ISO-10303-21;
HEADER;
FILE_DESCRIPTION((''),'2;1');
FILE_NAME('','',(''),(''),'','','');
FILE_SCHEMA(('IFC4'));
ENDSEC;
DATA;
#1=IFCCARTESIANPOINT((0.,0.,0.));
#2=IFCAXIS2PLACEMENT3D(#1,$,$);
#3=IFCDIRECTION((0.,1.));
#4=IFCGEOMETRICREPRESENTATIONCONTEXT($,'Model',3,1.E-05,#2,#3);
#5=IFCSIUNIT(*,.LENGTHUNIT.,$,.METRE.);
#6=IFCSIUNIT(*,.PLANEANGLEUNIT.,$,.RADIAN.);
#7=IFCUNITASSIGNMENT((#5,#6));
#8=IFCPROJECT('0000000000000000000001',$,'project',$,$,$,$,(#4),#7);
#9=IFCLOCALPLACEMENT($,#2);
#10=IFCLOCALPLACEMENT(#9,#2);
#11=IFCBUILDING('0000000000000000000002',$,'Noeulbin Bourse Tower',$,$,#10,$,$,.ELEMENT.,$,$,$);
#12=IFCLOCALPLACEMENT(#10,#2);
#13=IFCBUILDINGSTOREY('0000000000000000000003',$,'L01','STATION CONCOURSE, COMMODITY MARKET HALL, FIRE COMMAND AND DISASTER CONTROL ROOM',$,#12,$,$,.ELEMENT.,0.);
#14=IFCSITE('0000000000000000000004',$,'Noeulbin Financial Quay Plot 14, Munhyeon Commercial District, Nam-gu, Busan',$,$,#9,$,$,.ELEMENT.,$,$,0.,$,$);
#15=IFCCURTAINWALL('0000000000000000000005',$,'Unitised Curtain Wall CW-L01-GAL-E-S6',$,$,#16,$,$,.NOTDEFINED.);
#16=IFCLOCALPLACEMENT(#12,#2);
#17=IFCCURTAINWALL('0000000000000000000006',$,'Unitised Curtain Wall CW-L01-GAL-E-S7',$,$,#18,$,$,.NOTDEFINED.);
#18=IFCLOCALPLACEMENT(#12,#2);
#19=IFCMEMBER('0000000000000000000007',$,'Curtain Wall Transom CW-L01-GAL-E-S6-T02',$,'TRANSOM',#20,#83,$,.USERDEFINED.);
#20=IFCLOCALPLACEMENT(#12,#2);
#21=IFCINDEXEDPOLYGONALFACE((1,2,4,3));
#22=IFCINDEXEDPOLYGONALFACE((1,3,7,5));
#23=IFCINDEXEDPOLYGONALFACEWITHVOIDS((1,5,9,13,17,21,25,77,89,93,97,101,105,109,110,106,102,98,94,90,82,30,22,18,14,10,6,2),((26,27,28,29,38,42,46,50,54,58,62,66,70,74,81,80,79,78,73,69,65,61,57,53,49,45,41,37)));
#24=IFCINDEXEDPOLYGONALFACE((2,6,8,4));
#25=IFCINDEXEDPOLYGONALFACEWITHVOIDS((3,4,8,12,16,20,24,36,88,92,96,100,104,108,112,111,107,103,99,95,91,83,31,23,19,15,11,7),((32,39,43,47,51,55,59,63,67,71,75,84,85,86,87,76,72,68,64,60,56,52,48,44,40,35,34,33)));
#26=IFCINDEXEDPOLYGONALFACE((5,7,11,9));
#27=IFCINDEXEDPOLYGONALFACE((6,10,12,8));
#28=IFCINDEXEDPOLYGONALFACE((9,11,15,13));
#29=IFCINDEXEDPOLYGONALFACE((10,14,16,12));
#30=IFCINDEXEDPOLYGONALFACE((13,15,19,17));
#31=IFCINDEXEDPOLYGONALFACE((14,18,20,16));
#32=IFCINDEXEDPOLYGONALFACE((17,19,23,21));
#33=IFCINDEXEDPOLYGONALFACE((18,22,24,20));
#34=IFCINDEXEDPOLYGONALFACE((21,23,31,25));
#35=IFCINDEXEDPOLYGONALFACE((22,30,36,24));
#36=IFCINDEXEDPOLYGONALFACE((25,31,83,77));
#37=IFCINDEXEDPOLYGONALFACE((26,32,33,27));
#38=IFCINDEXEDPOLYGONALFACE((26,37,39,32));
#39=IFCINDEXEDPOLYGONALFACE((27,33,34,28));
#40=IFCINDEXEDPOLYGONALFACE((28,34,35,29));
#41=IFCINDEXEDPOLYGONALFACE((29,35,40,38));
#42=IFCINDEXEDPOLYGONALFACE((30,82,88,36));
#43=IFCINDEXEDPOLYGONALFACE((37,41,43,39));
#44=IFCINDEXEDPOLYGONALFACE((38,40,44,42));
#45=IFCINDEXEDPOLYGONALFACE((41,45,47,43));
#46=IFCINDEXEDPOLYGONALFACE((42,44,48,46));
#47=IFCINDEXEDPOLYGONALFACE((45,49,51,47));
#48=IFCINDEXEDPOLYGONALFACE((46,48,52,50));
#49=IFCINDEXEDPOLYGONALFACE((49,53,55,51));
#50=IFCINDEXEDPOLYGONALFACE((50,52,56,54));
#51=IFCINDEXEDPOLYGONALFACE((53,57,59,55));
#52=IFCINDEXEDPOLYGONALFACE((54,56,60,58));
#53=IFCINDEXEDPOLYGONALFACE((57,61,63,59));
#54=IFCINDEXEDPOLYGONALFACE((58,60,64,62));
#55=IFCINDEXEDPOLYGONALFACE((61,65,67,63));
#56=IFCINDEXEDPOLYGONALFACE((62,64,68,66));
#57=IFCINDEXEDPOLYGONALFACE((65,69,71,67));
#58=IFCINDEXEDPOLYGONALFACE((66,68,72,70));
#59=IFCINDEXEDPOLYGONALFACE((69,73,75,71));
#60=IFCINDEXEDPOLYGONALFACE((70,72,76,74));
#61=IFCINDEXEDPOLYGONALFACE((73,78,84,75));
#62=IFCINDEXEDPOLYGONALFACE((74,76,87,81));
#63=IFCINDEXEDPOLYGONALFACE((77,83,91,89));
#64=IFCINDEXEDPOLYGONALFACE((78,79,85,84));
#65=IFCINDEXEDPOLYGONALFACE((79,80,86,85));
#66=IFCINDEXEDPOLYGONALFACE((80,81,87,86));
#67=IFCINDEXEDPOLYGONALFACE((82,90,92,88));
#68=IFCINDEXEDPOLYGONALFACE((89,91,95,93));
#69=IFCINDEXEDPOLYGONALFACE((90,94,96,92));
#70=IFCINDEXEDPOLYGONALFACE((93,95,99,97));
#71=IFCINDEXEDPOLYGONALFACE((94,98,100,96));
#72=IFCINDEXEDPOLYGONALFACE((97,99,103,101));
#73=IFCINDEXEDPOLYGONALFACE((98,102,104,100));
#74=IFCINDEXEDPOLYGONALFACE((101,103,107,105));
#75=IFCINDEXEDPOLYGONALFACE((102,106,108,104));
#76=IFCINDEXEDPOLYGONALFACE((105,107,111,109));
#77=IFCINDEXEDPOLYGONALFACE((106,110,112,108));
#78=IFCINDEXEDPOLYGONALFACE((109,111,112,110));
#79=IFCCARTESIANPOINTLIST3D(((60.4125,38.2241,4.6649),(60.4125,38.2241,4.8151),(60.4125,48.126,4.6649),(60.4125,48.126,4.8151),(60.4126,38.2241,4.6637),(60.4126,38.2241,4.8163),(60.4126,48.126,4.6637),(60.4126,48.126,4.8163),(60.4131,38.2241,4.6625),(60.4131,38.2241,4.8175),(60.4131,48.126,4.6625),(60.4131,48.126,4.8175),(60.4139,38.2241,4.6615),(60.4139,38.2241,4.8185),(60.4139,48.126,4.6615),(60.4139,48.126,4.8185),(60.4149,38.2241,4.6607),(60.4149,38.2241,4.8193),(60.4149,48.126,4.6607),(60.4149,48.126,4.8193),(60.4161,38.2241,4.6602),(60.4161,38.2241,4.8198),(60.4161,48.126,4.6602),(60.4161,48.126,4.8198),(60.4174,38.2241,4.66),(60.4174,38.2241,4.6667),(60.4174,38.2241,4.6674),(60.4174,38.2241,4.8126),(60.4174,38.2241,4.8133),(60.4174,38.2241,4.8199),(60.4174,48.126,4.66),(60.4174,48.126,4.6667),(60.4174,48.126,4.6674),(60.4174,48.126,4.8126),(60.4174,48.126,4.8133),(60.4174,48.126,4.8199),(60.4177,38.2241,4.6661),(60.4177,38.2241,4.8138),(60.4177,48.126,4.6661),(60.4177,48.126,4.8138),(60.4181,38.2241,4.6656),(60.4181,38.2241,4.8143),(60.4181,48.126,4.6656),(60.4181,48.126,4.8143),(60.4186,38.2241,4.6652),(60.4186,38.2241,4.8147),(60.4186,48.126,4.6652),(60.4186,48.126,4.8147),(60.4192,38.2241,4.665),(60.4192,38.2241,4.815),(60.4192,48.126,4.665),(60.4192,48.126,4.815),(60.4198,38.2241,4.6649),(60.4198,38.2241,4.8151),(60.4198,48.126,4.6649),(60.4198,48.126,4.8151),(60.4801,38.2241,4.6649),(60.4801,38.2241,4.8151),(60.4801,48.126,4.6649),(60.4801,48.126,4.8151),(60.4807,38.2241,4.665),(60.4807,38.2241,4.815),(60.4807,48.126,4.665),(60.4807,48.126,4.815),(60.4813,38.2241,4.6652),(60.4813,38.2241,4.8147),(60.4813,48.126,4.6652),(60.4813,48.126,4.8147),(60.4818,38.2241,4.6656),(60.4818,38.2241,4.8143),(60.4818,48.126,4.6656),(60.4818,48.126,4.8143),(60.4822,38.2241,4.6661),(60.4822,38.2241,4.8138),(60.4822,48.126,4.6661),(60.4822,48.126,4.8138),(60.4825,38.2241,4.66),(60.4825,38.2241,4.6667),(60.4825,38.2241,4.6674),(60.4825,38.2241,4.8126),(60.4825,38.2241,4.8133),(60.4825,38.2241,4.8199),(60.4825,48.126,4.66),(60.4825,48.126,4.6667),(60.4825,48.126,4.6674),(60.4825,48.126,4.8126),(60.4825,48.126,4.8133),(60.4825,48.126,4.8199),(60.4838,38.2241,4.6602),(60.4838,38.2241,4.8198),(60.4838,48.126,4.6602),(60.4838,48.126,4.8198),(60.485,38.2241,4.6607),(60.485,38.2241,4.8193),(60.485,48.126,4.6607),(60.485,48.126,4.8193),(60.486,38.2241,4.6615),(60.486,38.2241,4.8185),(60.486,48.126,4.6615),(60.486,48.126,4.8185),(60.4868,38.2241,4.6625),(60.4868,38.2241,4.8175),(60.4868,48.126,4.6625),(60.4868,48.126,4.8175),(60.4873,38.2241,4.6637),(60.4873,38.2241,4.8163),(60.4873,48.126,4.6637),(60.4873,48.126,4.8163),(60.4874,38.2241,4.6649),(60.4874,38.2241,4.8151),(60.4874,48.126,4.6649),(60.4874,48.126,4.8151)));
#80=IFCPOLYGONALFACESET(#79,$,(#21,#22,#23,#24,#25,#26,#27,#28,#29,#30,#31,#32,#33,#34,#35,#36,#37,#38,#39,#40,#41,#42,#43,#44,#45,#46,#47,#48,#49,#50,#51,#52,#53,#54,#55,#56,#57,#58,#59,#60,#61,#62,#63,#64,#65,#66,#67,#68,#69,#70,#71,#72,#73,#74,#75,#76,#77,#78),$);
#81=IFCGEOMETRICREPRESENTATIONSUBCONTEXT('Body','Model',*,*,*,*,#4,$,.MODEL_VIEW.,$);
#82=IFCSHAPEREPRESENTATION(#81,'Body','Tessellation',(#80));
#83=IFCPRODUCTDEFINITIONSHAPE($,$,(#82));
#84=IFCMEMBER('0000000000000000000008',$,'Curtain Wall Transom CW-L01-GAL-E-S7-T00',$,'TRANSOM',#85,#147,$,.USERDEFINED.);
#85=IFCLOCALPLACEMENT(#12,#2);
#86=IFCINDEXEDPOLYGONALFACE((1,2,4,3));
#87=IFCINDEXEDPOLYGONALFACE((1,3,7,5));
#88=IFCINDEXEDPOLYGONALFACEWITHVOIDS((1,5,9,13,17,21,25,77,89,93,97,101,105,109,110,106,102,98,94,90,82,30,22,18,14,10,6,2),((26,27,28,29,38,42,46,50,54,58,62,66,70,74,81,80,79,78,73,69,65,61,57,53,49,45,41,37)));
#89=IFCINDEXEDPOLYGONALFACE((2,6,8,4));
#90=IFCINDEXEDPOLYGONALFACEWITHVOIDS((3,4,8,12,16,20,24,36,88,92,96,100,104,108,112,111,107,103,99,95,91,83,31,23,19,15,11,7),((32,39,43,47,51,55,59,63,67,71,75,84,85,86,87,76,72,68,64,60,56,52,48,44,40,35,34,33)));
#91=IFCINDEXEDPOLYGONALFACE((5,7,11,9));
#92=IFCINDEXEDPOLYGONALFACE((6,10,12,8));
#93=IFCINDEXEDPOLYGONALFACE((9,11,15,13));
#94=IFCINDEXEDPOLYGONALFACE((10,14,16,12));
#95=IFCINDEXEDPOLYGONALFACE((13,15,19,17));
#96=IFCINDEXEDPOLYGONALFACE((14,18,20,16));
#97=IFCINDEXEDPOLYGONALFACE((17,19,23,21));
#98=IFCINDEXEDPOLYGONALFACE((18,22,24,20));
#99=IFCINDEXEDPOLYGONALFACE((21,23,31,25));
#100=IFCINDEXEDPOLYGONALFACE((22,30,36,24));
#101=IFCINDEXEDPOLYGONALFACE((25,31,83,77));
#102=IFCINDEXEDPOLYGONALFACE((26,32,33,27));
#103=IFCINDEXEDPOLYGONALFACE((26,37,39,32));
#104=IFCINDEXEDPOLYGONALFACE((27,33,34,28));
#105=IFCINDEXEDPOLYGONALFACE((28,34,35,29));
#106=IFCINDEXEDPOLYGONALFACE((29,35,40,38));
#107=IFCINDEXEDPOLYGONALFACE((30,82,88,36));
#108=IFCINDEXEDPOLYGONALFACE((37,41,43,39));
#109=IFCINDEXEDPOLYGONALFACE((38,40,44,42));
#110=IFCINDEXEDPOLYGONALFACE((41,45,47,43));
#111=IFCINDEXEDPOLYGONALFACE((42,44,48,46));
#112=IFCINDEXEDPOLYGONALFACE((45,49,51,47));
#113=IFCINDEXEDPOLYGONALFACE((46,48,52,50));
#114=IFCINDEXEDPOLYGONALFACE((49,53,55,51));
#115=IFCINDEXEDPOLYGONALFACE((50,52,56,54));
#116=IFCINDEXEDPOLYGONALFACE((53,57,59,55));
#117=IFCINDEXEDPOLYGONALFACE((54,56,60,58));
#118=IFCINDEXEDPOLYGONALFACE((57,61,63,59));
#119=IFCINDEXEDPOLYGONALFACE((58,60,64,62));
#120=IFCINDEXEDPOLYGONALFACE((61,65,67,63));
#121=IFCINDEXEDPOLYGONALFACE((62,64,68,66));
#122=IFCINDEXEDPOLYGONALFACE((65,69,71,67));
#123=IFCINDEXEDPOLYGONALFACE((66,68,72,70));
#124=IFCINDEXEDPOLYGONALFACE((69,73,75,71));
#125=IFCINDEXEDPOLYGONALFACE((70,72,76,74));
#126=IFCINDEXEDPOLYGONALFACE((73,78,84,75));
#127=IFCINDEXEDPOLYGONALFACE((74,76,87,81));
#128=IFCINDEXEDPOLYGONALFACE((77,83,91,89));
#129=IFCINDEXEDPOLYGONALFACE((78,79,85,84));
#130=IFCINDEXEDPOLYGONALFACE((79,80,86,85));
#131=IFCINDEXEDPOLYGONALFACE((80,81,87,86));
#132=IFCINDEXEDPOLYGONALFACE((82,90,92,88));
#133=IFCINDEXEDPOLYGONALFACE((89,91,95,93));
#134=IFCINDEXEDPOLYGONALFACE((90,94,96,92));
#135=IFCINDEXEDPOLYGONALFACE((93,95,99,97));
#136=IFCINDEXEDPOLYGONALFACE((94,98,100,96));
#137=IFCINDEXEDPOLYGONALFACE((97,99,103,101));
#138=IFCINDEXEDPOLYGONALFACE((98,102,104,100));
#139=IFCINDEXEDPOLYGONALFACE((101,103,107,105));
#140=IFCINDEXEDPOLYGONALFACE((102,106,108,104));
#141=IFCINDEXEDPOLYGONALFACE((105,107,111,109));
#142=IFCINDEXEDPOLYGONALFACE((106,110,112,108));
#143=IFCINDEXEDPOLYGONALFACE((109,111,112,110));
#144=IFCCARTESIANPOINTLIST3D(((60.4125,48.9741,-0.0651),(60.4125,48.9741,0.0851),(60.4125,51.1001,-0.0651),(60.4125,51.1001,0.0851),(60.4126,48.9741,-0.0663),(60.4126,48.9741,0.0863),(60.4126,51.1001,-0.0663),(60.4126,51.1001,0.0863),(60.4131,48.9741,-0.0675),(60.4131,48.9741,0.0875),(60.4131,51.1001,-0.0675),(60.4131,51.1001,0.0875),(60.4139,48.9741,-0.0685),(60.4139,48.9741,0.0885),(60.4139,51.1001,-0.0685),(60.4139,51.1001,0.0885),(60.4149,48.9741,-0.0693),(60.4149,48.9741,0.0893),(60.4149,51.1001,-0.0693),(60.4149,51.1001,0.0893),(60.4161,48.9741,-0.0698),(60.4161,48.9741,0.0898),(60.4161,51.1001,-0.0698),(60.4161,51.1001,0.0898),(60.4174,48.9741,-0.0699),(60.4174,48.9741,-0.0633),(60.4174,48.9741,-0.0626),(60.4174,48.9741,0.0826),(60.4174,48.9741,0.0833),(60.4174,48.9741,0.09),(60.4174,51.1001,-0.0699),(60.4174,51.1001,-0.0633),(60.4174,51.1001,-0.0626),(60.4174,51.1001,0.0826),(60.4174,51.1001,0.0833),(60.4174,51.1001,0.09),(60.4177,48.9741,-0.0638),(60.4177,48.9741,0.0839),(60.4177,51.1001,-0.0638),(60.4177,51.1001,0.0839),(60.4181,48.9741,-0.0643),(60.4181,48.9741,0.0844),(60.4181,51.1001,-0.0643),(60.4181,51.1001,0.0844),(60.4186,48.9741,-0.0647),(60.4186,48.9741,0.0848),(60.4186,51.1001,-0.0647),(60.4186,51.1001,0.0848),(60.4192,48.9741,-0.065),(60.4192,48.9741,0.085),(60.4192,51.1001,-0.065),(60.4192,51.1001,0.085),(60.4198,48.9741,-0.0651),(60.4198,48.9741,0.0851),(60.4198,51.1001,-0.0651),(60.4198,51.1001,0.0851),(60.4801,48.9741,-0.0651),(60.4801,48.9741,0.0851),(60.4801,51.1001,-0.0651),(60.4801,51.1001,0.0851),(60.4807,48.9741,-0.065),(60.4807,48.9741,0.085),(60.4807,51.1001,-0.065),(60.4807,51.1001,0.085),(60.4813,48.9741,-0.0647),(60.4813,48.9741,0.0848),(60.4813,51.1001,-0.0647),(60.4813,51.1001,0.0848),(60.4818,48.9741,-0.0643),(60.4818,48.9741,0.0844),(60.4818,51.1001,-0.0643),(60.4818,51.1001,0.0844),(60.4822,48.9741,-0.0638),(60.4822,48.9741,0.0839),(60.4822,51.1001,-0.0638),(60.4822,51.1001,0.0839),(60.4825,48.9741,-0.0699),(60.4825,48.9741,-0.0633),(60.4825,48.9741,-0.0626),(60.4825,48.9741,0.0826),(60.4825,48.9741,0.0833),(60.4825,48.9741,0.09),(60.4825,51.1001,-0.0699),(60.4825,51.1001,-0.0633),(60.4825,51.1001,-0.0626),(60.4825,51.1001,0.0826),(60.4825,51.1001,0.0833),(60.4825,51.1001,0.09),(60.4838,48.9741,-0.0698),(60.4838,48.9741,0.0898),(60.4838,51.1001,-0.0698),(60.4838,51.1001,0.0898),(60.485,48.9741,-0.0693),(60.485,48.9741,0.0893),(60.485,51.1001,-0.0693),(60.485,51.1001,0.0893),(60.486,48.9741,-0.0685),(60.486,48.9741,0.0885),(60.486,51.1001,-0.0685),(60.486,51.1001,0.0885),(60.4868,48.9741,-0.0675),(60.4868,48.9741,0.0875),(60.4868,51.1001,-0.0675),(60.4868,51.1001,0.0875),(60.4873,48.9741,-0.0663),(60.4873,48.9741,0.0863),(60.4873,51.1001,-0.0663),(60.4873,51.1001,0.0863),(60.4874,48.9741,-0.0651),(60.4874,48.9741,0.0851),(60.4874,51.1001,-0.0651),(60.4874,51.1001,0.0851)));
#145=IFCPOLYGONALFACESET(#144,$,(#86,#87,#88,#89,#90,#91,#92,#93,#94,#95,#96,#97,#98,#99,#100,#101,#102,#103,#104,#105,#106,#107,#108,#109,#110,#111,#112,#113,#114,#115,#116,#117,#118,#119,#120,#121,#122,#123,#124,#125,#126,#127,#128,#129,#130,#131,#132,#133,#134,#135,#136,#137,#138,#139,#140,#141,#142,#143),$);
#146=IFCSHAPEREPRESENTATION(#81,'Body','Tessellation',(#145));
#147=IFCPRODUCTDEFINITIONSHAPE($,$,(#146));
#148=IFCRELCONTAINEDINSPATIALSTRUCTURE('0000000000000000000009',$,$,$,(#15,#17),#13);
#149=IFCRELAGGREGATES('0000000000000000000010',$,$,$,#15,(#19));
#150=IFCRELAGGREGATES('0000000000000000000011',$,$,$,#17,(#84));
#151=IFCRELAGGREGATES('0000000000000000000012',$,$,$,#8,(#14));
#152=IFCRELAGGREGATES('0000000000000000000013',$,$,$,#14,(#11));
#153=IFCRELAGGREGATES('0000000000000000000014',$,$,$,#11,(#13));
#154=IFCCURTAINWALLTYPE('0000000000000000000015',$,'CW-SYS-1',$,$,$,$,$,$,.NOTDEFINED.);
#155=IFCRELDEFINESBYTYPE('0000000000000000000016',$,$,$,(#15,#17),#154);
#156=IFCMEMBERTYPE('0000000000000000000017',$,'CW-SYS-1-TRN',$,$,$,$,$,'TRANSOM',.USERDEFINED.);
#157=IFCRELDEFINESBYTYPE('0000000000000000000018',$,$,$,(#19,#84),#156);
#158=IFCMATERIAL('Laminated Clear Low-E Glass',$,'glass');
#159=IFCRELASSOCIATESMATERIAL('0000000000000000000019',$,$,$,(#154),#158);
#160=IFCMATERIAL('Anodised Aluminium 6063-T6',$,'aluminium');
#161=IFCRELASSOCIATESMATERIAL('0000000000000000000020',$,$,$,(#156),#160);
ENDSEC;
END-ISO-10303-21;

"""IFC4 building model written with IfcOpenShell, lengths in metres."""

from ifc_helpers import new_model, si_unit, direction, frame, origin, origin_2d, place, context, subcontext, project, spatial, hollow_rectangle, extrude, material, material_profile, profile_set, type_object, element, aggregate, save


model = new_model("IFC4")

# Units and contexts
model_context = context("Model", 3, precision=1e-05, world=origin(), true_north=direction((0.0, 1.0)))
body_context = subcontext(model_context, "Body", "Model", "MODEL_VIEW")
ifc_project = project(units=[si_unit("LENGTHUNIT", "METRE"), si_unit("PLANEANGLEUNIT", "RADIAN")], contexts=[model_context])

# Site, building, storey
site_placement = place(None, origin())
site = spatial("IfcSite", under=ifc_project, at=site_placement, Name="Noeulbin Financial Quay Plot 14, Munhyeon Commercial District, Nam-gu, Busan", CompositionType="ELEMENT", RefElevation=0.0)
building_placement = place(site_placement, origin())
building = spatial("IfcBuilding", under=site, at=building_placement, Name="Noeulbin Bourse Tower", CompositionType="ELEMENT")
storey_placement = place(building_placement, origin())
storey = spatial("IfcBuildingStorey", under=building, at=storey_placement, Name="L01", Description="STATION CONCOURSE, COMMODITY MARKET HALL, FIRE COMMAND AND DISASTER CONTROL ROOM", CompositionType="ELEMENT", Elevation=0.0)

# Curtain wall
ifc_material_1 = material(Name="Laminated Clear Low-E Glass", Category="glass")
curtain_wall_type = type_object("IfcCurtainWallType", Name="CW-SYS-1", PredefinedType="NOTDEFINED", material=ifc_material_1)
ifc_material_2 = material(Name="Anodised Aluminium 6063-T6", Category="aluminium")
curtain_wall_1_placement = place(storey_placement, origin())
curtain_wall_1 = element("IfcCurtainWall", 1, at=curtain_wall_1_placement, inside=storey, type_object=curtain_wall_type, Name="Unitised Curtain Wall CW-L01-GAL-E-S6", PredefinedType="NOTDEFINED")

# Curtain wall
curtain_wall_2_placement = place(storey_placement, origin())
curtain_wall_2 = element("IfcCurtainWall", 2, at=curtain_wall_2_placement, inside=storey, type_object=curtain_wall_type, Name="Unitised Curtain Wall CW-L01-GAL-E-S7", PredefinedType="NOTDEFINED")

# Members
ifc_material_profile_1 = material_profile(ifc_material_2, hollow_rectangle(XDim=0.075, YDim=0.1599, WallThickness=0.0049, InnerFilletRadius=0.0024, OuterFilletRadius=0.0049, at=origin_2d()), Name="ALU-TRAN-75x160x5", Category="LoadBearing")
ifc_profile_set_1 = profile_set([ifc_material_profile_1], Name="Anodised Aluminium 6063-T6")
member_type_1 = type_object("IfcMemberType", Name="CW-SYS-1-TRN", ElementType="TRANSOM", PredefinedType="USERDEFINED", material=ifc_profile_set_1)
member_1_placement = place(storey_placement, frame((60.45, 38.2241, 4.74), z_axis=(0.0, 1.0, 0.0), x_axis=(-1.0, 0.0, 0.0)))
member_1 = element("IfcMember", 3, at=member_1_placement, type_object=member_type_1, Name="Curtain Wall Transom CW-L01-GAL-E-S6-T02", ObjectType="TRANSOM", PredefinedType="USERDEFINED", context=body_context, shape_type="SweptSolid", body=[
    extrude(hollow_rectangle(XDim=0.075, YDim=0.1599, WallThickness=0.0049, InnerFilletRadius=0.0024, OuterFilletRadius=0.0049, at=origin_2d()), origin(), (0.0, 0.0, 1.0), 9.9019),
])
member_2_placement = place(storey_placement, frame((60.45, 48.9741, 0.01), z_axis=(0.0, 1.0, 0.0), x_axis=(-1.0, 0.0, 0.0)))
member_2 = element("IfcMember", 4, at=member_2_placement, type_object=member_type_1, Name="Curtain Wall Transom CW-L01-GAL-E-S7-T00", ObjectType="TRANSOM", PredefinedType="USERDEFINED", context=body_context, shape_type="SweptSolid", body=[
    extrude(hollow_rectangle(XDim=0.075, YDim=0.1599, WallThickness=0.0049, InnerFilletRadius=0.0024, OuterFilletRadius=0.0049, at=origin_2d()), origin(), (0.0, 0.0, 1.0), 2.126),
])

aggregate(curtain_wall_1, [member_1])
aggregate(curtain_wall_2, [member_2])

save(model, "model.ifc")
